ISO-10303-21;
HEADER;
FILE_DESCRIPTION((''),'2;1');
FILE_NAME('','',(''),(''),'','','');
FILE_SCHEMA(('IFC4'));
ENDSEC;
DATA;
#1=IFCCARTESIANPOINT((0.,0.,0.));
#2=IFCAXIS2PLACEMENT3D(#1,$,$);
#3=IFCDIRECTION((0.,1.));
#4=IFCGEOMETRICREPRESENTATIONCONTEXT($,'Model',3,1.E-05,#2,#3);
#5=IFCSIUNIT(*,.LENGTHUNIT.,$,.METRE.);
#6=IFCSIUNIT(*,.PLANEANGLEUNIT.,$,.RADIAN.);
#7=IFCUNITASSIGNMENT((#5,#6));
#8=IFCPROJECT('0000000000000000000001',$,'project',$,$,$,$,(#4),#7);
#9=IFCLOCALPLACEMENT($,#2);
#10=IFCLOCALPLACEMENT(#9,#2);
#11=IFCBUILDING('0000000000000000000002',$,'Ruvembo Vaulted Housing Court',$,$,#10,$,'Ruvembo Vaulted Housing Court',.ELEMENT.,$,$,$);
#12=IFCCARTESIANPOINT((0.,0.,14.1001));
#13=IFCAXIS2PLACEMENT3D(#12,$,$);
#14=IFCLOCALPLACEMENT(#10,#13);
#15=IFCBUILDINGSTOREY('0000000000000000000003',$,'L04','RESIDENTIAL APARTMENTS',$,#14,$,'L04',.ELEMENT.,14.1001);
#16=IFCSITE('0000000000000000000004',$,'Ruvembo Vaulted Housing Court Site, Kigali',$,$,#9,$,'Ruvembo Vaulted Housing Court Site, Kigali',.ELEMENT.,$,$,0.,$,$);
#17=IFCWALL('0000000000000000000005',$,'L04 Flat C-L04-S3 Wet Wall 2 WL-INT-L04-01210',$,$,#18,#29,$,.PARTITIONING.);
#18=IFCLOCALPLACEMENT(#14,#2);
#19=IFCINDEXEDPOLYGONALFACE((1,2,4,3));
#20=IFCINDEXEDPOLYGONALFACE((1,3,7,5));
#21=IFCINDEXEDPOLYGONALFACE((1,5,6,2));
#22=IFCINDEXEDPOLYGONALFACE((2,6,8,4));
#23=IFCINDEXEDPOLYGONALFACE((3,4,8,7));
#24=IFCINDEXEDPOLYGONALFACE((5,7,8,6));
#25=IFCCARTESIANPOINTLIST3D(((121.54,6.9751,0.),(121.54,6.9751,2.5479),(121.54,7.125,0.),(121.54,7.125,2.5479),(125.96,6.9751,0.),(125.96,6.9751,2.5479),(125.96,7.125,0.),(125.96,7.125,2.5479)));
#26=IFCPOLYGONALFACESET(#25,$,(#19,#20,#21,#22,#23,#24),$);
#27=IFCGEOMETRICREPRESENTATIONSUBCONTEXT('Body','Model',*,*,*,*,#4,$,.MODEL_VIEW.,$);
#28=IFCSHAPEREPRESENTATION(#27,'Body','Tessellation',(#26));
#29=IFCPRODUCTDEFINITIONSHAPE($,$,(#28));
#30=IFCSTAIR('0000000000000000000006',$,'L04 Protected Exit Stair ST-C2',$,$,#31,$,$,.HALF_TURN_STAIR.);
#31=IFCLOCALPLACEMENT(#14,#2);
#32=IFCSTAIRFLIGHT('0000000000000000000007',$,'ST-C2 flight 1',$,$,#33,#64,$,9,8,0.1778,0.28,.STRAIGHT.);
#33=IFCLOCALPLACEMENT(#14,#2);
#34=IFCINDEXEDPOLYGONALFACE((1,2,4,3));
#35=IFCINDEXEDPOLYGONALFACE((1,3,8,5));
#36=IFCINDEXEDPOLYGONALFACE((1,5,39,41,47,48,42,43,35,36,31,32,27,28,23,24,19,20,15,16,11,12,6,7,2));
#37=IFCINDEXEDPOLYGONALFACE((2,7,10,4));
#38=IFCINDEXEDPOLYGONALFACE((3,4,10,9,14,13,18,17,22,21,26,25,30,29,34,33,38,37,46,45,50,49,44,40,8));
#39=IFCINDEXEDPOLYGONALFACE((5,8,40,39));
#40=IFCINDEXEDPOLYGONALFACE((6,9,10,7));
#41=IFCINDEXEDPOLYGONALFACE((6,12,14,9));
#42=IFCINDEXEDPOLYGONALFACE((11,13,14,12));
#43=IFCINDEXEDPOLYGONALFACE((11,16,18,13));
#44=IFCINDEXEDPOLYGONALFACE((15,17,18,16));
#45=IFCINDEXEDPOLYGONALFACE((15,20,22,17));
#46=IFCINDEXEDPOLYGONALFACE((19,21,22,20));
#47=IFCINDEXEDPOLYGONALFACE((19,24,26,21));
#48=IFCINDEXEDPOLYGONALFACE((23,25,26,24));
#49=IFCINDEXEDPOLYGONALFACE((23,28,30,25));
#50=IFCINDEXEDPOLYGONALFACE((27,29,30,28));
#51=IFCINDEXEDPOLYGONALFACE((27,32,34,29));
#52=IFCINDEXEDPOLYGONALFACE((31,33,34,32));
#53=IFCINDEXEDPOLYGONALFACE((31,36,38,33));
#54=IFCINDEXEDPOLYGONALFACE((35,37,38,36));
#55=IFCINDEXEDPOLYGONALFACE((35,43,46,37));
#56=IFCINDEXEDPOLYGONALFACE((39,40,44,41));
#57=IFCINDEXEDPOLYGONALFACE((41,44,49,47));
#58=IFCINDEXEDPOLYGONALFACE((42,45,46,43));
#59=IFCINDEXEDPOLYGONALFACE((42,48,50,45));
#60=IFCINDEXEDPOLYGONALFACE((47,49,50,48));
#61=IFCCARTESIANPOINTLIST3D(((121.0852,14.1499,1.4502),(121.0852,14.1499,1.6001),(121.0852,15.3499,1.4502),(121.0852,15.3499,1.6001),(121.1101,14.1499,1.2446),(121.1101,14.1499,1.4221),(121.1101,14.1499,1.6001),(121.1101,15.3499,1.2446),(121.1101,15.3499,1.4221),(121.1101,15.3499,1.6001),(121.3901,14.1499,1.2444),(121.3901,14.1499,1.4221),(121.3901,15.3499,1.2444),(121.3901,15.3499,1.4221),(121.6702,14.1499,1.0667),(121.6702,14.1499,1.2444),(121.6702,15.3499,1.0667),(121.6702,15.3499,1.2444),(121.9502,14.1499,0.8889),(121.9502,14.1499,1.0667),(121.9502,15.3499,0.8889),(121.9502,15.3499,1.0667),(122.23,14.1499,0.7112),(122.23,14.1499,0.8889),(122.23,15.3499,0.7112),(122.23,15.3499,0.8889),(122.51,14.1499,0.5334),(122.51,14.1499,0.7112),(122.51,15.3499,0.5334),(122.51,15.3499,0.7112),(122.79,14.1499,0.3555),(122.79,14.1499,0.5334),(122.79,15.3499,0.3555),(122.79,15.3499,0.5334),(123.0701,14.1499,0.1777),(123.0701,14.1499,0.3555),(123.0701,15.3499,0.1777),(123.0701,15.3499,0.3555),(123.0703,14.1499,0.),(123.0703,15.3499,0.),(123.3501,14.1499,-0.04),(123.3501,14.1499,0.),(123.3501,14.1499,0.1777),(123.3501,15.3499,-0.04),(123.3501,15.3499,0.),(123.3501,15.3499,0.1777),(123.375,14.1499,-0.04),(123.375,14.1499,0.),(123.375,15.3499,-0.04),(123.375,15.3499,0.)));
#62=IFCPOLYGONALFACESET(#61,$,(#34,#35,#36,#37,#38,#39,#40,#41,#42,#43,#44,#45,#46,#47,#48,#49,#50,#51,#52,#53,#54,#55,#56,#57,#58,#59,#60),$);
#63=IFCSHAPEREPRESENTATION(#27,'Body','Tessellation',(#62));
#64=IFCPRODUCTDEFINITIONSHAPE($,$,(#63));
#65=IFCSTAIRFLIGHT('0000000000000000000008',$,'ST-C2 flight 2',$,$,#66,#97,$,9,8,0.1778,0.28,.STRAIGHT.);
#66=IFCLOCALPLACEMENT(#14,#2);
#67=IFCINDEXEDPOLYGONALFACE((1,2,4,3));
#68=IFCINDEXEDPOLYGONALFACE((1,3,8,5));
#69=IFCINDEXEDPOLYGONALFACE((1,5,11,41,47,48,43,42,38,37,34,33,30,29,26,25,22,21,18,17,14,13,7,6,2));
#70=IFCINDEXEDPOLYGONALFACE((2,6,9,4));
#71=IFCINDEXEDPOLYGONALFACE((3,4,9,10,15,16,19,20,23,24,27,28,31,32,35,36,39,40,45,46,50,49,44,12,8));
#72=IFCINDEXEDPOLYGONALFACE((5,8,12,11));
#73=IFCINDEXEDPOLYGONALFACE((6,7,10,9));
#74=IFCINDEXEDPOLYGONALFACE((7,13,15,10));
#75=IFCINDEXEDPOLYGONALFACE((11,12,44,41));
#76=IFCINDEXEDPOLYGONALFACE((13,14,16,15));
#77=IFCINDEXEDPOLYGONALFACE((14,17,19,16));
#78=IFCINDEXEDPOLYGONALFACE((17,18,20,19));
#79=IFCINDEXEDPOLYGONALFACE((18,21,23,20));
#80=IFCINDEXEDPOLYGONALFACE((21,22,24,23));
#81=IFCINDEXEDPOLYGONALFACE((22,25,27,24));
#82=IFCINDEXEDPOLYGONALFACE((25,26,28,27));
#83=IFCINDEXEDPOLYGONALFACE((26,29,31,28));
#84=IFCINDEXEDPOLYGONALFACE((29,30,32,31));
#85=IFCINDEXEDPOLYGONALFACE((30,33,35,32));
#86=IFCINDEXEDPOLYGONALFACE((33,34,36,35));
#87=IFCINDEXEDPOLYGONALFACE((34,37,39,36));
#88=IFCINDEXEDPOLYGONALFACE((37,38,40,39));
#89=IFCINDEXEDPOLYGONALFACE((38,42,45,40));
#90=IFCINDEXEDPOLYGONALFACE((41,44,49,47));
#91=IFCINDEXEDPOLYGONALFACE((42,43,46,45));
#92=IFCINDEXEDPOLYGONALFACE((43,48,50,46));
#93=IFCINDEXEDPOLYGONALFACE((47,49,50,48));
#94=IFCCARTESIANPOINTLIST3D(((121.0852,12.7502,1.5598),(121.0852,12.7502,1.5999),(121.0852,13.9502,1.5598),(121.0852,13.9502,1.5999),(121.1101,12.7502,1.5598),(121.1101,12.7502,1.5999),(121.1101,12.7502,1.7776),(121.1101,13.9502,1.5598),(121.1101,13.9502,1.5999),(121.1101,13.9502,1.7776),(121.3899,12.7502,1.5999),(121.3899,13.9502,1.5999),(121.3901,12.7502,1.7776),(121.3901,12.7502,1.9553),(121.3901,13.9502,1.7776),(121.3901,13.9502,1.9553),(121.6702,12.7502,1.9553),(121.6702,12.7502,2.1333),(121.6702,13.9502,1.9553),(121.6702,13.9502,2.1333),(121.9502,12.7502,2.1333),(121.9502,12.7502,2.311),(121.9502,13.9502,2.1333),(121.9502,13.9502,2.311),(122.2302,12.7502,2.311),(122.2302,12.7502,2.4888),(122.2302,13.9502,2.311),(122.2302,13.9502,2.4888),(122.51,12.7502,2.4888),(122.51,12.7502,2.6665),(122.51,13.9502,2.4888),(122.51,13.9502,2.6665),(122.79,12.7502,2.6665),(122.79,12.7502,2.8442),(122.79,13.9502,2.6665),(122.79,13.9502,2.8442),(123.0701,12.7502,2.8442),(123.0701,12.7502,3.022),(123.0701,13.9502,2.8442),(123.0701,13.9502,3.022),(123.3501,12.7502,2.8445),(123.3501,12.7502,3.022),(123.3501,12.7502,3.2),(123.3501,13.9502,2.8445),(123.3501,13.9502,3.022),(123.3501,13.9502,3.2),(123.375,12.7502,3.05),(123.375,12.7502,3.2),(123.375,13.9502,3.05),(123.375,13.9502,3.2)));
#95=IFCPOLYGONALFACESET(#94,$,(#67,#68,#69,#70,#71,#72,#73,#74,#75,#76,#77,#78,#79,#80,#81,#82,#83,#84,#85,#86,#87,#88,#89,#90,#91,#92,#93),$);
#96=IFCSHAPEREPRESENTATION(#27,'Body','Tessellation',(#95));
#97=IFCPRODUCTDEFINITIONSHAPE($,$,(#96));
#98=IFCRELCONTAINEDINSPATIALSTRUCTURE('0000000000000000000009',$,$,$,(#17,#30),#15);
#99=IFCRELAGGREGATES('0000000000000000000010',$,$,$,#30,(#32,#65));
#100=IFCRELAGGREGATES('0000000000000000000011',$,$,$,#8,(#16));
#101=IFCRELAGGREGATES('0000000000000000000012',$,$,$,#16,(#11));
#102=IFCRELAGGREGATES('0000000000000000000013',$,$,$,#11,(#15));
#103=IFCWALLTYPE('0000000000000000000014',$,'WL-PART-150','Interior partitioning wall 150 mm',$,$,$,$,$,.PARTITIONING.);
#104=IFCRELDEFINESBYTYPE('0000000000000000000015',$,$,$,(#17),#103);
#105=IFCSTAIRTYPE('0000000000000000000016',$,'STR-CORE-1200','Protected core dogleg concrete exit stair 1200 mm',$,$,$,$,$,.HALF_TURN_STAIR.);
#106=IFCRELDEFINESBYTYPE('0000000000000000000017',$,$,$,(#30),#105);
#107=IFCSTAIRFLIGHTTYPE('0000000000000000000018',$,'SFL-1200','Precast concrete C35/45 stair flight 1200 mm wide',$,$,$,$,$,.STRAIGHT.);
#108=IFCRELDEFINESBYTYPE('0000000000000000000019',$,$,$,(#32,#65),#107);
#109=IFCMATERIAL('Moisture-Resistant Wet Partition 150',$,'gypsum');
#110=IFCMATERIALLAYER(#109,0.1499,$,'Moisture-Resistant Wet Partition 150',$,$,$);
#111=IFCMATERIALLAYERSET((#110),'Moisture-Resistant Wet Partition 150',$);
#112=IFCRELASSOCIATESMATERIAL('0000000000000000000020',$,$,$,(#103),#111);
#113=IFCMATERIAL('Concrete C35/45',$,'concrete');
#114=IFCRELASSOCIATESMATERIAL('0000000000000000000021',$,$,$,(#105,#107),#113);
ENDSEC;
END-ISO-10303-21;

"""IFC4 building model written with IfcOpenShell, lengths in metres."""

from ifc_helpers import new_model, si_unit, direction, frame, frame_2d, origin, place, context, subcontext, project, spatial, polyline, rectangle, outline, extrude, material, layer, layer_set, type_object, element, aggregate, save


model = new_model("IFC4")

# Units and contexts
model_context = context("Model", 3, precision=1e-05, world=origin(), true_north=direction((0.0, 1.0)))
body_context = subcontext(model_context, "Body", "Model", "MODEL_VIEW")
ifc_project = project(units=[si_unit("LENGTHUNIT", "METRE"), si_unit("PLANEANGLEUNIT", "RADIAN")], contexts=[model_context])

# Site, building, storey
site_placement = place(None, origin())
site = spatial("IfcSite", under=ifc_project, at=site_placement, Name="Ruvembo Vaulted Housing Court Site, Kigali", LongName="Ruvembo Vaulted Housing Court Site, Kigali", CompositionType="ELEMENT", RefElevation=0.0)
building_placement = place(site_placement, origin())
building = spatial("IfcBuilding", under=site, at=building_placement, Name="Ruvembo Vaulted Housing Court", LongName="Ruvembo Vaulted Housing Court", CompositionType="ELEMENT")
storey_placement = place(building_placement, frame((0.0, 0.0, 14.1001)))
storey = spatial("IfcBuildingStorey", under=building, at=storey_placement, Name="L04", Description="RESIDENTIAL APARTMENTS", LongName="L04", CompositionType="ELEMENT", Elevation=14.1001)

# Shared definitions
ifc_material_1 = material(Name="Concrete C35/45", Category="concrete")

# Shared definitions
ifc_material_2 = material(Name="Moisture-Resistant Wet Partition 150", Category="gypsum")
ifc_layer_1 = layer(ifc_material_2, 0.1499, Name="Moisture-Resistant Wet Partition 150")
ifc_layer_set_1 = layer_set([ifc_layer_1], Name="Moisture-Resistant Wet Partition 150")
wall_type_1 = type_object("IfcWallType", Name="WL-PART-150", Description="Interior partitioning wall 150 mm", PredefinedType="PARTITIONING", material=ifc_layer_set_1)

# Wall
wall_1_placement = place(storey_placement, frame((121.54, 7.05, 0.0), z_axis=(0.0, 0.0, 1.0), x_axis=(1.0, 0.0, 0.0)))
element("IfcWall", 1, at=wall_1_placement, inside=storey, type_object=wall_type_1, Name="L04 Flat C-L04-S3 Wet Wall 2 WL-INT-L04-01210", PredefinedType="PARTITIONING", context=body_context, shape_type="SweptSolid", body=[
    extrude(rectangle(XDim=4.4199, YDim=0.1499, at=frame_2d((2.21, 0.0))), origin(), (0.0, 0.0, 1.0), 2.5479),
])

# Stair, stair flights
stair_type = type_object("IfcStairType", Name="STR-CORE-1200", Description="Protected core dogleg concrete exit stair 1200 mm", PredefinedType="HALF_TURN_STAIR", material=ifc_material_1)
stair_placement = place(storey_placement, origin())
stair = element("IfcStair", 2, at=stair_placement, inside=storey, type_object=stair_type, Name="L04 Protected Exit Stair ST-C2", PredefinedType="HALF_TURN_STAIR")
stair_flight_type = type_object("IfcStairFlightType", Name="SFL-1200", Description="Precast concrete C35/45 stair flight 1200 mm wide", PredefinedType="STRAIGHT", material=ifc_material_1)
stair_flight_1_placement = place(storey_placement, frame((123.3501, 14.75, 0.0), z_axis=(0.0, 0.0, 1.0), x_axis=(-1.0, 0.0, 0.0)))
stair_flight_1 = element("IfcStairFlight", 3, at=stair_flight_1_placement, type_object=stair_flight_type, Name="ST-C2 flight 1", NumberOfRisers=9, NumberOfTreads=8, PredefinedType="STRAIGHT", RiserHeight=0.1778, TreadLength=0.28, context=body_context, shape_type="SweptSolid", body=[
    extrude(outline(polyline([(-0.0249, -0.04), (-0.0249, 0.0), (0.0, 0.0), (0.0, 0.1777), (0.28, 0.1777), (0.28, 0.3555), (0.5601, 0.3555), (0.5601, 0.5334), (0.8401, 0.5334), (0.8401, 0.7112), (1.1201, 0.7112), (1.1201, 0.8889), (1.3999, 0.8889), (1.3999, 1.0667), (1.6799, 1.0667), (1.6799, 1.2444), (1.96, 1.2444), (1.96, 1.4221), (2.24, 1.4221), (2.24, 1.6001), (2.2649, 1.6001), (2.2649, 1.4502), (2.24, 1.2446), (0.2798, 0.0), (0.0, -0.04), (-0.0249, -0.04)])), frame((0.0, 0.6001, 0.0), z_axis=(0.0, -1.0, 0.0), x_axis=(1.0, 0.0, 0.0)), (0.0, 0.0, 1.0), 1.2),
])
stair_flight_2_placement = place(storey_placement, frame((121.1101, 13.3501, 1.5999), z_axis=(0.0, 0.0, 1.0), x_axis=(1.0, 0.0, 0.0)))
stair_flight_2 = element("IfcStairFlight", 4, at=stair_flight_2_placement, type_object=stair_flight_type, Name="ST-C2 flight 2", NumberOfRisers=9, NumberOfTreads=8, PredefinedType="STRAIGHT", RiserHeight=0.1778, TreadLength=0.28, context=body_context, shape_type="SweptSolid", body=[
    extrude(outline(polyline([(-0.0249, -0.04), (-0.0249, 0.0), (0.0, 0.0), (0.0, 0.1777), (0.28, 0.1777), (0.28, 0.3555), (0.5601, 0.3555), (0.5601, 0.5334), (0.8401, 0.5334), (0.8401, 0.7112), (1.1201, 0.7112), (1.1201, 0.8889), (1.3999, 0.8889), (1.3999, 1.0667), (1.6799, 1.0667), (1.6799, 1.2444), (1.96, 1.2444), (1.96, 1.4221), (2.24, 1.4221), (2.24, 1.6001), (2.2649, 1.6001), (2.2649, 1.4502), (2.24, 1.2446), (0.2798, 0.0), (0.0, -0.04), (-0.0249, -0.04)])), frame((0.0, 0.6001, 0.0), z_axis=(0.0, -1.0, 0.0), x_axis=(1.0, 0.0, 0.0)), (0.0, 0.0, 1.0), 1.2),
])
aggregate(stair, [stair_flight_1, stair_flight_2])

save(model, "model.ifc")
